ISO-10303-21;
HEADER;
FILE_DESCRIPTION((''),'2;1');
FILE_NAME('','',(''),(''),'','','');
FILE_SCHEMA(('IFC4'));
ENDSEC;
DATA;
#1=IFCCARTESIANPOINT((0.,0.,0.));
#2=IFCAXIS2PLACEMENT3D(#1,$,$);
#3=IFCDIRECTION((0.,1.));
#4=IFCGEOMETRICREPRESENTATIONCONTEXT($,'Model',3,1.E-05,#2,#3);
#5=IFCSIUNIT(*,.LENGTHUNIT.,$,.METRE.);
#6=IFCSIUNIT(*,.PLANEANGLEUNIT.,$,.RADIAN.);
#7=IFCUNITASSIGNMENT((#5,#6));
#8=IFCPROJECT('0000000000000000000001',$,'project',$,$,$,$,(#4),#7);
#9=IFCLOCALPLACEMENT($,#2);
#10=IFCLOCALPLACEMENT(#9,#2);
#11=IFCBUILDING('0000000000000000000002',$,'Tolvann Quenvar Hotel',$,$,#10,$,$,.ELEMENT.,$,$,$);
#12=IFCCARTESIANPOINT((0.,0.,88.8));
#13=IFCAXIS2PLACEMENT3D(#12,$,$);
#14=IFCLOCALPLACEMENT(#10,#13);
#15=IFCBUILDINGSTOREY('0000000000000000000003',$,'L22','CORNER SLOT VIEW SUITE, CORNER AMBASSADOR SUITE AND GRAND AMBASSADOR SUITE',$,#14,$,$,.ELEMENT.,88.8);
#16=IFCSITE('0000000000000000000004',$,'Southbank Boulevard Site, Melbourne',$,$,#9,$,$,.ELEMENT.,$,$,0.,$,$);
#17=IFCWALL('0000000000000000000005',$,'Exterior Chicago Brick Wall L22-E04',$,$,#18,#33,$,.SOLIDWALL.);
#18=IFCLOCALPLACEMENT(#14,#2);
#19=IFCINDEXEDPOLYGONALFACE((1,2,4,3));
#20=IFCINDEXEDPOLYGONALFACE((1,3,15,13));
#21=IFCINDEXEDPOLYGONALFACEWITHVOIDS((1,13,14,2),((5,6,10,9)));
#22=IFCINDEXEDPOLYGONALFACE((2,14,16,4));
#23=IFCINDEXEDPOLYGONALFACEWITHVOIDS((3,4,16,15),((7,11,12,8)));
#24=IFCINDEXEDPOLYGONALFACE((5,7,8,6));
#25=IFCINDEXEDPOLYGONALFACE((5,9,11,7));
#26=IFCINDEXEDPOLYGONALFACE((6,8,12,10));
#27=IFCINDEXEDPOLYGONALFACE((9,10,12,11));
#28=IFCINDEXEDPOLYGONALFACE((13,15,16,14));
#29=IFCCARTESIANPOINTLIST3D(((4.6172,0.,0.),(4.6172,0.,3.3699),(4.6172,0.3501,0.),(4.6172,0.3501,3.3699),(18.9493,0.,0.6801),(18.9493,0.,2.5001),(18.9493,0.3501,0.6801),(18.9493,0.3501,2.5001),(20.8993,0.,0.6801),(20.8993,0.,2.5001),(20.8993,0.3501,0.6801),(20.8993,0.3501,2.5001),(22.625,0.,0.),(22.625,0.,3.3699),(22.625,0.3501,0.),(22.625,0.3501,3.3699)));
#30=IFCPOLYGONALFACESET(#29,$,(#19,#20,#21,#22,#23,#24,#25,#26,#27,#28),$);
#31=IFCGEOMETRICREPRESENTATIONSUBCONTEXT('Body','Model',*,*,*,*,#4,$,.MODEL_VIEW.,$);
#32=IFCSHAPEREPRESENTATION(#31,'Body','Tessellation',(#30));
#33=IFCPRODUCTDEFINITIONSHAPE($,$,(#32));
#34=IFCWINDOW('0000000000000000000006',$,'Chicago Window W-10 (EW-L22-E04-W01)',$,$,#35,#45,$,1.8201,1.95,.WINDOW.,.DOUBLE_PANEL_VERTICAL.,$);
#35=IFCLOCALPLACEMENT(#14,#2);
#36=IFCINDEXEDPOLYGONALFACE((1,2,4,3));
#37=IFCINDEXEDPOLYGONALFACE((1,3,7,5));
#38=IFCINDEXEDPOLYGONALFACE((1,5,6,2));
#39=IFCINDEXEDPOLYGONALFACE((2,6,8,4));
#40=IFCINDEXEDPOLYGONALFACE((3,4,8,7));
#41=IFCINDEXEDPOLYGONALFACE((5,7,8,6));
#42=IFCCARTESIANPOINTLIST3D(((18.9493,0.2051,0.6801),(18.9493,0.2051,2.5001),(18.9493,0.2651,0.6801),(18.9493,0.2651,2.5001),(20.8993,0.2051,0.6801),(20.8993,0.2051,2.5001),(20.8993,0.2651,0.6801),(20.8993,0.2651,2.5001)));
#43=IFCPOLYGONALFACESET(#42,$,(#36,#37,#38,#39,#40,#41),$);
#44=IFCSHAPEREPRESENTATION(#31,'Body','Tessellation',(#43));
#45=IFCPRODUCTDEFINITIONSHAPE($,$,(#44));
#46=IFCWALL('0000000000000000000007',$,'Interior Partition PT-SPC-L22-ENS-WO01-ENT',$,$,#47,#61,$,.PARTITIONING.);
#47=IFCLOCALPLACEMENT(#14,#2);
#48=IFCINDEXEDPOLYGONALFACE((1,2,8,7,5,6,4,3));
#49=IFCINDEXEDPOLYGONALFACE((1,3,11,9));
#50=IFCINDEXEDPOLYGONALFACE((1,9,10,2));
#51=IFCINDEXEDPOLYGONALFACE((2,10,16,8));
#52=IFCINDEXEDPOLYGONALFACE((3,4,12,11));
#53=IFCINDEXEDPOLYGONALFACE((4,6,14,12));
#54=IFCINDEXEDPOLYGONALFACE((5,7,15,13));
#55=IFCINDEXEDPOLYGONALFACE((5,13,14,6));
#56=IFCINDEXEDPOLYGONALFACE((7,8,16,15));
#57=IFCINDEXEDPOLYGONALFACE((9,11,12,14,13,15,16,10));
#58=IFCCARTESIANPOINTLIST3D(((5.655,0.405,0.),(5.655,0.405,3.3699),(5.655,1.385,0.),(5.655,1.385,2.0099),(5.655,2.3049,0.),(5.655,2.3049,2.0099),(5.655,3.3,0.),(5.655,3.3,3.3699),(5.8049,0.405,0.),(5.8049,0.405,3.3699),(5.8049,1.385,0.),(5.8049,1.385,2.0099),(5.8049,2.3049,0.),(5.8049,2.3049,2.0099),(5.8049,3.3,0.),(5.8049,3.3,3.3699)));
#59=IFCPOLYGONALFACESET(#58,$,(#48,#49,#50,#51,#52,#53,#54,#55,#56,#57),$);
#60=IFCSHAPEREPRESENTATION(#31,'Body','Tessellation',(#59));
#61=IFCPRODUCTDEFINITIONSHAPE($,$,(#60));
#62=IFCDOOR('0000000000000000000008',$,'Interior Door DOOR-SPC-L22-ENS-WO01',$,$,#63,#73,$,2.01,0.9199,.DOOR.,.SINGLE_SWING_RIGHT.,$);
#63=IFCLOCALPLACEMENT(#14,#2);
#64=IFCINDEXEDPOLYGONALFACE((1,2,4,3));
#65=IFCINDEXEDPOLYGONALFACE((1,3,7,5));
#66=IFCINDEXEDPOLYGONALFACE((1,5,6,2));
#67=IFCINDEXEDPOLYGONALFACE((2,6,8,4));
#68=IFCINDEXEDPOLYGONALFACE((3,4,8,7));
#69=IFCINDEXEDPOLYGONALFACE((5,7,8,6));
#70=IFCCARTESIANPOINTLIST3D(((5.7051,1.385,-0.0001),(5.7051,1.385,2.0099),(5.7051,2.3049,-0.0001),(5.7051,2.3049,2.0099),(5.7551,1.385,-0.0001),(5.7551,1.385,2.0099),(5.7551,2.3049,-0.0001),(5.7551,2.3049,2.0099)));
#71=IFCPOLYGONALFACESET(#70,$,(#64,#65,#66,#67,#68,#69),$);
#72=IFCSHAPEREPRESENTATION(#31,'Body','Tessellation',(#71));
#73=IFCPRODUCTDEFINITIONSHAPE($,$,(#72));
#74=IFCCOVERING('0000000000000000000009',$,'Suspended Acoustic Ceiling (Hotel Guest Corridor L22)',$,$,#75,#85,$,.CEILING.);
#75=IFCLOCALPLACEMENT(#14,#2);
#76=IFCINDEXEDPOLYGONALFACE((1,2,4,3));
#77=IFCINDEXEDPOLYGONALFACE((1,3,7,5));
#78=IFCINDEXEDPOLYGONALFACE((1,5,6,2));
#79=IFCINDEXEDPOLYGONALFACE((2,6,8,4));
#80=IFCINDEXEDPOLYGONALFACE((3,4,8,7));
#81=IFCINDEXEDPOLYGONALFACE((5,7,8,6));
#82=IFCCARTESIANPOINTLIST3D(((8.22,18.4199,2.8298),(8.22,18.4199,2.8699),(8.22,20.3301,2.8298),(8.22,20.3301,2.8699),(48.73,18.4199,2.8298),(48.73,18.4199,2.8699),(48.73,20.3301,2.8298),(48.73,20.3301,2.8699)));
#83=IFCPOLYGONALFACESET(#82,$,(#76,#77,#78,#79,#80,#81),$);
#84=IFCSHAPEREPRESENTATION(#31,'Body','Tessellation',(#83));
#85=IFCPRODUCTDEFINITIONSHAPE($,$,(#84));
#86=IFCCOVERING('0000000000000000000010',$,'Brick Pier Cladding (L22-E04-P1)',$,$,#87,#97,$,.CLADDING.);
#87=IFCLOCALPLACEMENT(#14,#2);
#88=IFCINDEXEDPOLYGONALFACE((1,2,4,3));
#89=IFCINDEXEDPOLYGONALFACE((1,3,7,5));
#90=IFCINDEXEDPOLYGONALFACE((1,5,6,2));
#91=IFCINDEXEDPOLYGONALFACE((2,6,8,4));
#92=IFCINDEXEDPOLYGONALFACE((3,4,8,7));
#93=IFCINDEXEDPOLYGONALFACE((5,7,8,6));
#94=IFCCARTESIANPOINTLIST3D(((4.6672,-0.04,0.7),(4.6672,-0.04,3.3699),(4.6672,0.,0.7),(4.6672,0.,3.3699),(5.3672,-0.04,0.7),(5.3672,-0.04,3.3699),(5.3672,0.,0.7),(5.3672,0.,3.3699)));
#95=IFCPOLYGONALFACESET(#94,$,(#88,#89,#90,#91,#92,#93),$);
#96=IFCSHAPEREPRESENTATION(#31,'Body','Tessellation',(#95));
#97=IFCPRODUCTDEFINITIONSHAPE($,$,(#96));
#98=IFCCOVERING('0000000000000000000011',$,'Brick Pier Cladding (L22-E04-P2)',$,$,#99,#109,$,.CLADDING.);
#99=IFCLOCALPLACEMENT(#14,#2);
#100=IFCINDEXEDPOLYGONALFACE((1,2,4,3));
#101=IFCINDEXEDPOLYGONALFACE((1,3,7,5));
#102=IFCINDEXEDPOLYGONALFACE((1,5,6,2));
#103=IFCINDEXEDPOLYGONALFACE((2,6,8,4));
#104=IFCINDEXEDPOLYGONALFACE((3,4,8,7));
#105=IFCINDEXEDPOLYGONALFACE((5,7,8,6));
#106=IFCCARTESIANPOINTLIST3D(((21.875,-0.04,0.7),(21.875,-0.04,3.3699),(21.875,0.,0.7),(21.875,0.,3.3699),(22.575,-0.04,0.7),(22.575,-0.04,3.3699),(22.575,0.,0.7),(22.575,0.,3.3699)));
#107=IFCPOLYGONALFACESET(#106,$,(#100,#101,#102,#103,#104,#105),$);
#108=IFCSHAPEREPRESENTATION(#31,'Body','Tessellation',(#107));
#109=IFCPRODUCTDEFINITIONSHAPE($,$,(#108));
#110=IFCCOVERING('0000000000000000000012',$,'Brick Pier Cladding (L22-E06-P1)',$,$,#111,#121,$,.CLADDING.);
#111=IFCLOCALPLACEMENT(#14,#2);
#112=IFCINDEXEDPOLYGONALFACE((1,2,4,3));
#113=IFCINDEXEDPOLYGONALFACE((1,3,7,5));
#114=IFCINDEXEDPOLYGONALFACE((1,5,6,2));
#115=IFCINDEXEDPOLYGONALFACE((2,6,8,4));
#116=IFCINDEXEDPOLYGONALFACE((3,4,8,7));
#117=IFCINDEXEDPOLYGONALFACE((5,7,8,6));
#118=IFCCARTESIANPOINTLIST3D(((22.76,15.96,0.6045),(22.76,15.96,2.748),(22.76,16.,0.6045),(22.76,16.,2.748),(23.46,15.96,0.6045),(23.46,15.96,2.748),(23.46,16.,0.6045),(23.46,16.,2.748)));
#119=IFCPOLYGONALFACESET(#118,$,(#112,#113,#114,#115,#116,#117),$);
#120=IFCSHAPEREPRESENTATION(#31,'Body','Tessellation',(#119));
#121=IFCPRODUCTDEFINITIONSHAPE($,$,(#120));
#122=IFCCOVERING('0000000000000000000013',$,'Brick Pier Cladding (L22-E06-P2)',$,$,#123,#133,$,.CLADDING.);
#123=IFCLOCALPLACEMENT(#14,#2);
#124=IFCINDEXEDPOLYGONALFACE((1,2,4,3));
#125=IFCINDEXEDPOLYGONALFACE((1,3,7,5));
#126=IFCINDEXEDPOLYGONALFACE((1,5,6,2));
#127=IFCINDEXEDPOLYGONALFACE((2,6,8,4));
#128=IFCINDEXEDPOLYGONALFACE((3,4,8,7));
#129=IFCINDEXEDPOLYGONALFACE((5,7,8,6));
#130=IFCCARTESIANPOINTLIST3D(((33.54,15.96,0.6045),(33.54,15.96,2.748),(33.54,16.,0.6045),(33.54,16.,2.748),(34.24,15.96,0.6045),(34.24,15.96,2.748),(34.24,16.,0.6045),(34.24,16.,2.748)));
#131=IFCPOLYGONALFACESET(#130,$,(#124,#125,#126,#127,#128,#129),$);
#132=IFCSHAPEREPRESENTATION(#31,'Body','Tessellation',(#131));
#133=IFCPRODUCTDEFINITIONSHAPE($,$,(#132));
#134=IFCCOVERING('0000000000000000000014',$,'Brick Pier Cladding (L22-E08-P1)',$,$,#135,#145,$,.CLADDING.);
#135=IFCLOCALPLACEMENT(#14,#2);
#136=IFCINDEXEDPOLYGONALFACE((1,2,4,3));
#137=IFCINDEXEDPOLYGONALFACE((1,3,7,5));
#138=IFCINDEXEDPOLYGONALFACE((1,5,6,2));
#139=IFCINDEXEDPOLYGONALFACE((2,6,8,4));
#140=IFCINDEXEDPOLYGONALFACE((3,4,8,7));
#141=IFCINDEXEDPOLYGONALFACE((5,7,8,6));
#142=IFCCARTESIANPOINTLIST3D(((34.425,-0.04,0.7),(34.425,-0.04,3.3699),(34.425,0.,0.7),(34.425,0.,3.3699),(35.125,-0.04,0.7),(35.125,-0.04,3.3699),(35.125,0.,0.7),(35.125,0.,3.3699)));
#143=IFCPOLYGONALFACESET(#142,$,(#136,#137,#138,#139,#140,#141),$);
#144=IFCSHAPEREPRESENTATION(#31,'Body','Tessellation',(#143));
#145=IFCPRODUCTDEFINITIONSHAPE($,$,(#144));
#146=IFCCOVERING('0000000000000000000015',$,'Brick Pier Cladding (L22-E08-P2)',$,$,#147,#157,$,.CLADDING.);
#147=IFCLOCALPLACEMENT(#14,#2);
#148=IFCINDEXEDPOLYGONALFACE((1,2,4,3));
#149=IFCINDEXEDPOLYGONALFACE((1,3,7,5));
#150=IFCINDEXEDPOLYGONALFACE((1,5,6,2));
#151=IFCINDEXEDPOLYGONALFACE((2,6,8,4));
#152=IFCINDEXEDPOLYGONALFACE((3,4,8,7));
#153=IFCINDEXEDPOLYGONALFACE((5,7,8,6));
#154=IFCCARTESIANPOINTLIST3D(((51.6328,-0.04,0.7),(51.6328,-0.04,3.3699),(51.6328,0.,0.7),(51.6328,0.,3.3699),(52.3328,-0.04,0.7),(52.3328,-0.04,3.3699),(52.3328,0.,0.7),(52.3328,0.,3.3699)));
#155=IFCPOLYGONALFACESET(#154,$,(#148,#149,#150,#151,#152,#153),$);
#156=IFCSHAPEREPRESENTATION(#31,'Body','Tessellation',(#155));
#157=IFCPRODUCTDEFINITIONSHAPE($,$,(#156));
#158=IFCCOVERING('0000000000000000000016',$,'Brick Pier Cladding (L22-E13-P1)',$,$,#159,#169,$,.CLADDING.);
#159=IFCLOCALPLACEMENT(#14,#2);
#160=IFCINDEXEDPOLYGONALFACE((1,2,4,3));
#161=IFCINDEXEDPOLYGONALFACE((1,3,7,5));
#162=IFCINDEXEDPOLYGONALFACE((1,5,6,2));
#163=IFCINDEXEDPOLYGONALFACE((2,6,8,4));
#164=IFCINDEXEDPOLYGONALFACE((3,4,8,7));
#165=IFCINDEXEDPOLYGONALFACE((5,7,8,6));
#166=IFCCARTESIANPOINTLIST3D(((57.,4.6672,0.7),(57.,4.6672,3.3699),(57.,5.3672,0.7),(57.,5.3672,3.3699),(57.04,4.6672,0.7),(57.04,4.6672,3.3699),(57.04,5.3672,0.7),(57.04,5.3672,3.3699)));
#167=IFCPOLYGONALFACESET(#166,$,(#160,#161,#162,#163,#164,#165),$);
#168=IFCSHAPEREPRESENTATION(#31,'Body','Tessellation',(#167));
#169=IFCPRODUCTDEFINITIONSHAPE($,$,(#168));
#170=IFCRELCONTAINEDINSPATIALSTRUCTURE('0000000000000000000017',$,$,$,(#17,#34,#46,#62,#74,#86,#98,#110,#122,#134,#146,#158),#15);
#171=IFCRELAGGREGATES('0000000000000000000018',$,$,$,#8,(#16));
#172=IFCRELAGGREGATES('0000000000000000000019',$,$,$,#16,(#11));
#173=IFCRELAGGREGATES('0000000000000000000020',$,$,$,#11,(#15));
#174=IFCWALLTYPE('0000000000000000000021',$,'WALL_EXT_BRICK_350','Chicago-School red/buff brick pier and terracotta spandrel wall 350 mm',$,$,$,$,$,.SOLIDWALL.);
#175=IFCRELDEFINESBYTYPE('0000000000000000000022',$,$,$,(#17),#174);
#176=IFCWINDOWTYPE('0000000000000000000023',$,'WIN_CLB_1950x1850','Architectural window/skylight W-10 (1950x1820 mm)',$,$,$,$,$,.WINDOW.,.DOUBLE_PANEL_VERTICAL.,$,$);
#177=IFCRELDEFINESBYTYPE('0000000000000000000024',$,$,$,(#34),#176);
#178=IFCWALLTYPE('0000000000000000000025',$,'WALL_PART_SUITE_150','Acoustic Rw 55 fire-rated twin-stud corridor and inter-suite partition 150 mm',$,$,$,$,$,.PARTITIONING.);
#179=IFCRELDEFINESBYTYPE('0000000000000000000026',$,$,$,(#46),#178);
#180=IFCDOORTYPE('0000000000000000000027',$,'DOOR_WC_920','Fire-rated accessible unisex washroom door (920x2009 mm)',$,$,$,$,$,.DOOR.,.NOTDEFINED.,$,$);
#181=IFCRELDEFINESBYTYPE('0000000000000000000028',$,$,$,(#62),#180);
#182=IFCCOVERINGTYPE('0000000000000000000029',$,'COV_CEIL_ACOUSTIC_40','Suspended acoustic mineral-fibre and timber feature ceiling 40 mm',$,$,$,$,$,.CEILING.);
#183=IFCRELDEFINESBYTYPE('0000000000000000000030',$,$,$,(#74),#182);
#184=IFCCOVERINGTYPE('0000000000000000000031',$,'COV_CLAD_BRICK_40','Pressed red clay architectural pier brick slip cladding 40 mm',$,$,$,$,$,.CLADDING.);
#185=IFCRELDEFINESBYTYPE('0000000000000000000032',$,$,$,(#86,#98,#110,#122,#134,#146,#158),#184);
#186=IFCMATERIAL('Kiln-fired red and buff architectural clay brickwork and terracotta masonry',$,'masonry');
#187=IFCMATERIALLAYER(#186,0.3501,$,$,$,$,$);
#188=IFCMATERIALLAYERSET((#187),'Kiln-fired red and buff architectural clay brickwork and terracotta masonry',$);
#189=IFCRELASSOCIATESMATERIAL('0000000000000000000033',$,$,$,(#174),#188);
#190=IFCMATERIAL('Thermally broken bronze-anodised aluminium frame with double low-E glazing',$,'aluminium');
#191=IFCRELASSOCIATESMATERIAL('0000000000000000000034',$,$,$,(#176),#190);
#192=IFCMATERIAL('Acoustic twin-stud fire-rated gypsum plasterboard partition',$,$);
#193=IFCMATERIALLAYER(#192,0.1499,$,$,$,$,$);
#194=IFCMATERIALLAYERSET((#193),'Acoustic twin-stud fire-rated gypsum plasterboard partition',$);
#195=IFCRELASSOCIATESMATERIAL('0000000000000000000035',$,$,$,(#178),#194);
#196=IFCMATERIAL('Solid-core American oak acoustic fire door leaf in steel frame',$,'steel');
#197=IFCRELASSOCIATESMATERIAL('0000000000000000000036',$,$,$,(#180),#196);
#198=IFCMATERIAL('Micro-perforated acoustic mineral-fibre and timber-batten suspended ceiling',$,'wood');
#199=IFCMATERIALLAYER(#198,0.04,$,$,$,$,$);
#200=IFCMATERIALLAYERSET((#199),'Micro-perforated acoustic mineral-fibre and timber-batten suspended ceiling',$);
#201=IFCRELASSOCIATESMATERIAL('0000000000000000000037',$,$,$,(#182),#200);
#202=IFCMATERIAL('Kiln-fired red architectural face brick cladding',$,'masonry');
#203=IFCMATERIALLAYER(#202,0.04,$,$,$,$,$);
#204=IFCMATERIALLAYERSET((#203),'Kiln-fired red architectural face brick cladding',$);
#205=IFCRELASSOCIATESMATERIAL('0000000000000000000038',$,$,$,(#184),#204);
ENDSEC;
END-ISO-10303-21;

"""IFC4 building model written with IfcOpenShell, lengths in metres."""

from ifc_helpers import new_model, si_unit, direction, frame, frame_2d, origin, place, context, subcontext, project, spatial, polyline, rectangle, outline, extrude, source, transform, mapped, material, layer, layer_set, type_object, type_shapes, element, fill, save


model = new_model("IFC4")

# Units and contexts
model_context = context("Model", 3, precision=1e-05, world=origin(), true_north=direction((0.0, 1.0)))
body_context = subcontext(model_context, "Body", "Model", "MODEL_VIEW")
ifc_project = project(units=[si_unit("LENGTHUNIT", "METRE"), si_unit("PLANEANGLEUNIT", "RADIAN")], contexts=[model_context])

# Site, building, storey
site_placement = place(None, origin())
site = spatial("IfcSite", under=ifc_project, at=site_placement, Name="Southbank Boulevard Site, Melbourne", CompositionType="ELEMENT", RefElevation=0.0)
building_placement = place(site_placement, origin())
building = spatial("IfcBuilding", under=site, at=building_placement, Name="Tolvann Quenvar Hotel", CompositionType="ELEMENT")
storey_placement = place(building_placement, frame((0.0, 0.0, 88.8)))
storey = spatial("IfcBuildingStorey", under=building, at=storey_placement, Name="L22", Description="CORNER SLOT VIEW SUITE, CORNER AMBASSADOR SUITE AND GRAND AMBASSADOR SUITE", CompositionType="ELEMENT", Elevation=88.8)

# Wall, opening, window
ifc_material_1 = material(Name="Kiln-fired red and buff architectural clay brickwork and terracotta masonry", Category="masonry")
ifc_layer_1 = layer(ifc_material_1, 0.3501)
ifc_layer_set_1 = layer_set([ifc_layer_1], Name="Kiln-fired red and buff architectural clay brickwork and terracotta masonry")
wall_type_1 = type_object("IfcWallType", Name="WALL_EXT_BRICK_350", Description="Chicago-School red/buff brick pier and terracotta spandrel wall 350 mm", PredefinedType="SOLIDWALL", material=ifc_layer_set_1)
wall_1_placement = place(storey_placement, frame((4.6172, 0.175, 0.0), z_axis=(0.0, 0.0, 1.0), x_axis=(1.0, 0.0, 0.0)))
wall_1 = element("IfcWall", 1, at=wall_1_placement, inside=storey, type_object=wall_type_1, Name="Exterior Chicago Brick Wall L22-E04", PredefinedType="SOLIDWALL", context=body_context, shape_type="SweptSolid", body=[
    extrude(rectangle(XDim=18.0078, YDim=0.3501, at=frame_2d((9.0039, 0.0))), origin(), (0.0, 0.0, 1.0), 3.3699),
])
opening_1_placement = place(wall_1_placement, frame((14.332, 0.0, 0.6799)))
opening_1 = element("IfcOpeningElement", 2, at=opening_1_placement, cuts=wall_1, PredefinedType="OPENING", context=body_context, shape_type="SweptSolid", body=[
    extrude(rectangle(XDim=1.95, YDim=1.8201, at=frame_2d((0.9751, 0.9102))), frame((0.0, 0.1851, 0.0), z_axis=(0.0, -1.0, 0.0), x_axis=(1.0, 0.0, 0.0)), (0.0, 0.0, 1.0), 0.3701),
])
ifc_material_2 = material(Name="Thermally broken bronze-anodised aluminium frame with double low-E glazing", Category="aluminium")
window_type = type_object("IfcWindowType", Name="WIN_CLB_1950x1850", Description="Architectural window/skylight W-10 (1950x1820 mm)", PartitioningType="DOUBLE_PANEL_VERTICAL", PredefinedType="WINDOW", material=ifc_material_2)
shared_shape_1 = source(origin(), body_context, "Body", "SweptSolid", [
    extrude(rectangle(XDim=1.95, YDim=1.8201, at=frame_2d((0.9751, 0.9102))), frame((0.0, 0.0901, 0.0), z_axis=(0.0, -1.0, 0.0), x_axis=(1.0, 0.0, 0.0)), (0.0, 0.0, 1.0), 0.0601),
])
type_shapes(window_type, [shared_shape_1])
window_placement = place(opening_1_placement, origin())
window = element("IfcWindow", 3, at=window_placement, inside=storey, type_object=window_type, Name="Chicago Window W-10 (EW-L22-E04-W01)", OverallHeight=1.8201, OverallWidth=1.95, PartitioningType="DOUBLE_PANEL_VERTICAL", PredefinedType="WINDOW", context=body_context, shape_type="MappedRepresentation", body=[
    mapped(shared_shape_1, transform((0.0, 0.0, 0.0), x_axis=(1.0, 0.0, 0.0), y_axis=(0.0, 1.0, 0.0), z_axis=(0.0, 0.0, 1.0), scale=1.0)),
])
fill(opening_1, window)

# Wall, opening, door
ifc_material_3 = material(Name="Acoustic twin-stud fire-rated gypsum plasterboard partition")
ifc_layer_2 = layer(ifc_material_3, 0.1499)
ifc_layer_set_2 = layer_set([ifc_layer_2], Name="Acoustic twin-stud fire-rated gypsum plasterboard partition")
wall_type_2 = type_object("IfcWallType", Name="WALL_PART_SUITE_150", Description="Acoustic Rw 55 fire-rated twin-stud corridor and inter-suite partition 150 mm", PredefinedType="PARTITIONING", material=ifc_layer_set_2)
wall_2_placement = place(storey_placement, frame((5.73, 0.405, 0.0), z_axis=(0.0, 0.0, 1.0), x_axis=(0.0, 1.0, 0.0)))
wall_2 = element("IfcWall", 4, at=wall_2_placement, inside=storey, type_object=wall_type_2, Name="Interior Partition PT-SPC-L22-ENS-WO01-ENT", PredefinedType="PARTITIONING", context=body_context, shape_type="SweptSolid", body=[
    extrude(rectangle(XDim=2.895, YDim=0.1499, at=frame_2d((1.4475, 0.0))), origin(), (0.0, 0.0, 1.0), 3.3699),
])
opening_2_placement = place(wall_2_placement, frame((0.98, 0.0, 0.0)))
opening_2 = element("IfcOpeningElement", 5, at=opening_2_placement, cuts=wall_2, PredefinedType="OPENING", context=body_context, shape_type="SweptSolid", body=[
    extrude(rectangle(XDim=0.9199, YDim=2.01, at=frame_2d((0.46, 1.0049))), frame((0.0, 0.085, 0.0), z_axis=(0.0, -1.0, 0.0), x_axis=(1.0, 0.0, 0.0)), (0.0, 0.0, 1.0), 0.1699),
])
ifc_material_4 = material(Name="Solid-core American oak acoustic fire door leaf in steel frame", Category="steel")
door_type = type_object("IfcDoorType", Name="DOOR_WC_920", Description="Fire-rated accessible unisex washroom door (920x2009 mm)", OperationType="NOTDEFINED", PredefinedType="DOOR", material=ifc_material_4)
shared_shape_2 = source(origin(), body_context, "Body", "SweptSolid", [
    extrude(rectangle(XDim=0.9199, YDim=2.01, at=frame_2d((0.46, 1.0049))), frame((0.0, 0.0249, 0.0), z_axis=(0.0, -1.0, 0.0), x_axis=(1.0, 0.0, 0.0)), (0.0, 0.0, 1.0), 0.05),
])
type_shapes(door_type, [shared_shape_2])
door_placement = place(opening_2_placement, origin())
door = element("IfcDoor", 6, at=door_placement, inside=storey, type_object=door_type, Name="Interior Door DOOR-SPC-L22-ENS-WO01", OperationType="SINGLE_SWING_RIGHT", OverallHeight=2.01, OverallWidth=0.9199, PredefinedType="DOOR", context=body_context, shape_type="MappedRepresentation", body=[
    mapped(shared_shape_2, transform((0.0, 0.0, 0.0), x_axis=(1.0, 0.0, 0.0), y_axis=(0.0, 1.0, 0.0), z_axis=(0.0, 0.0, 1.0), scale=1.0)),
])
fill(opening_2, door)

# Coverings
ifc_material_5 = material(Name="Micro-perforated acoustic mineral-fibre and timber-batten suspended ceiling", Category="wood")
ifc_layer_3 = layer(ifc_material_5, 0.04)
ifc_layer_set_3 = layer_set([ifc_layer_3], Name="Micro-perforated acoustic mineral-fibre and timber-batten suspended ceiling")
covering_type_1 = type_object("IfcCoveringType", Name="COV_CEIL_ACOUSTIC_40", Description="Suspended acoustic mineral-fibre and timber feature ceiling 40 mm", PredefinedType="CEILING", material=ifc_layer_set_3)
covering_1_placement = place(storey_placement, frame((0.0, 0.0, 2.8298)))
element("IfcCovering", 7, at=covering_1_placement, inside=storey, type_object=covering_type_1, Name="Suspended Acoustic Ceiling (Hotel Guest Corridor L22)", PredefinedType="CEILING", context=body_context, shape_type="SweptSolid", body=[
    extrude(outline(polyline([(8.22, 18.4199), (48.73, 18.4199), (48.73, 20.3301), (8.22, 20.3301), (8.22, 18.4199)])), origin(), (0.0, 0.0, 1.0), 0.04),
])
ifc_material_6 = material(Name="Kiln-fired red architectural face brick cladding", Category="masonry")
ifc_layer_4 = layer(ifc_material_6, 0.04)
ifc_layer_set_4 = layer_set([ifc_layer_4], Name="Kiln-fired red architectural face brick cladding")
covering_type_2 = type_object("IfcCoveringType", Name="COV_CLAD_BRICK_40", Description="Pressed red clay architectural pier brick slip cladding 40 mm", PredefinedType="CLADDING", material=ifc_layer_set_4)
covering_2_placement = place(storey_placement, frame((0.0, 0.0, 0.7)))
element("IfcCovering", 8, at=covering_2_placement, inside=storey, type_object=covering_type_2, Name="Brick Pier Cladding (L22-E04-P1)", PredefinedType="CLADDING", context=body_context, shape_type="SweptSolid", body=[
    extrude(outline(polyline([(4.6672, 0.0), (5.3672, 0.0), (5.3672, -0.04), (4.6672, -0.04), (4.6672, 0.0)])), origin(), (0.0, 0.0, 1.0), 2.6699),
])
covering_3_placement = place(storey_placement, frame((0.0, 0.0, 0.7)))
element("IfcCovering", 9, at=covering_3_placement, inside=storey, type_object=covering_type_2, Name="Brick Pier Cladding (L22-E04-P2)", PredefinedType="CLADDING", context=body_context, shape_type="SweptSolid", body=[
    extrude(outline(polyline([(21.875, 0.0), (22.575, 0.0), (22.575, -0.04), (21.875, -0.04), (21.875, 0.0)])), origin(), (0.0, 0.0, 1.0), 2.6699),
])
covering_4_placement = place(storey_placement, frame((0.0, 0.0, 0.6045)))
element("IfcCovering", 10, at=covering_4_placement, inside=storey, type_object=covering_type_2, Name="Brick Pier Cladding (L22-E06-P1)", PredefinedType="CLADDING", context=body_context, shape_type="SweptSolid", body=[
    extrude(outline(polyline([(22.76, 16.0), (23.46, 16.0), (23.46, 15.96), (22.76, 15.96), (22.76, 16.0)])), origin(), (0.0, 0.0, 1.0), 2.1436),
])
covering_5_placement = place(storey_placement, frame((0.0, 0.0, 0.6045)))
element("IfcCovering", 11, at=covering_5_placement, inside=storey, type_object=covering_type_2, Name="Brick Pier Cladding (L22-E06-P2)", PredefinedType="CLADDING", context=body_context, shape_type="SweptSolid", body=[
    extrude(outline(polyline([(33.54, 16.0), (34.24, 16.0), (34.24, 15.96), (33.54, 15.96), (33.54, 16.0)])), origin(), (0.0, 0.0, 1.0), 2.1436),
])
covering_6_placement = place(storey_placement, frame((0.0, 0.0, 0.7)))
element("IfcCovering", 12, at=covering_6_placement, inside=storey, type_object=covering_type_2, Name="Brick Pier Cladding (L22-E08-P1)", PredefinedType="CLADDING", context=body_context, shape_type="SweptSolid", body=[
    extrude(outline(polyline([(34.425, 0.0), (35.125, 0.0), (35.125, -0.04), (34.425, -0.04), (34.425, 0.0)])), origin(), (0.0, 0.0, 1.0), 2.6699),
])
covering_7_placement = place(storey_placement, frame((0.0, 0.0, 0.7)))
element("IfcCovering", 13, at=covering_7_placement, inside=storey, type_object=covering_type_2, Name="Brick Pier Cladding (L22-E08-P2)", PredefinedType="CLADDING", context=body_context, shape_type="SweptSolid", body=[
    extrude(outline(polyline([(51.6328, 0.0), (52.3328, 0.0), (52.3328, -0.04), (51.6328, -0.04), (51.6328, 0.0)])), origin(), (0.0, 0.0, 1.0), 2.6699),
])
covering_8_placement = place(storey_placement, frame((0.0, 0.0, 0.7)))
element("IfcCovering", 14, at=covering_8_placement, inside=storey, type_object=covering_type_2, Name="Brick Pier Cladding (L22-E13-P1)", PredefinedType="CLADDING", context=body_context, shape_type="SweptSolid", body=[
    extrude(outline(polyline([(57.0, 4.6672), (57.0, 5.3672), (57.04, 5.3672), (57.04, 4.6672), (57.0, 4.6672)])), origin(), (0.0, 0.0, 1.0), 2.6699),
])

save(model, "model.ifc")
